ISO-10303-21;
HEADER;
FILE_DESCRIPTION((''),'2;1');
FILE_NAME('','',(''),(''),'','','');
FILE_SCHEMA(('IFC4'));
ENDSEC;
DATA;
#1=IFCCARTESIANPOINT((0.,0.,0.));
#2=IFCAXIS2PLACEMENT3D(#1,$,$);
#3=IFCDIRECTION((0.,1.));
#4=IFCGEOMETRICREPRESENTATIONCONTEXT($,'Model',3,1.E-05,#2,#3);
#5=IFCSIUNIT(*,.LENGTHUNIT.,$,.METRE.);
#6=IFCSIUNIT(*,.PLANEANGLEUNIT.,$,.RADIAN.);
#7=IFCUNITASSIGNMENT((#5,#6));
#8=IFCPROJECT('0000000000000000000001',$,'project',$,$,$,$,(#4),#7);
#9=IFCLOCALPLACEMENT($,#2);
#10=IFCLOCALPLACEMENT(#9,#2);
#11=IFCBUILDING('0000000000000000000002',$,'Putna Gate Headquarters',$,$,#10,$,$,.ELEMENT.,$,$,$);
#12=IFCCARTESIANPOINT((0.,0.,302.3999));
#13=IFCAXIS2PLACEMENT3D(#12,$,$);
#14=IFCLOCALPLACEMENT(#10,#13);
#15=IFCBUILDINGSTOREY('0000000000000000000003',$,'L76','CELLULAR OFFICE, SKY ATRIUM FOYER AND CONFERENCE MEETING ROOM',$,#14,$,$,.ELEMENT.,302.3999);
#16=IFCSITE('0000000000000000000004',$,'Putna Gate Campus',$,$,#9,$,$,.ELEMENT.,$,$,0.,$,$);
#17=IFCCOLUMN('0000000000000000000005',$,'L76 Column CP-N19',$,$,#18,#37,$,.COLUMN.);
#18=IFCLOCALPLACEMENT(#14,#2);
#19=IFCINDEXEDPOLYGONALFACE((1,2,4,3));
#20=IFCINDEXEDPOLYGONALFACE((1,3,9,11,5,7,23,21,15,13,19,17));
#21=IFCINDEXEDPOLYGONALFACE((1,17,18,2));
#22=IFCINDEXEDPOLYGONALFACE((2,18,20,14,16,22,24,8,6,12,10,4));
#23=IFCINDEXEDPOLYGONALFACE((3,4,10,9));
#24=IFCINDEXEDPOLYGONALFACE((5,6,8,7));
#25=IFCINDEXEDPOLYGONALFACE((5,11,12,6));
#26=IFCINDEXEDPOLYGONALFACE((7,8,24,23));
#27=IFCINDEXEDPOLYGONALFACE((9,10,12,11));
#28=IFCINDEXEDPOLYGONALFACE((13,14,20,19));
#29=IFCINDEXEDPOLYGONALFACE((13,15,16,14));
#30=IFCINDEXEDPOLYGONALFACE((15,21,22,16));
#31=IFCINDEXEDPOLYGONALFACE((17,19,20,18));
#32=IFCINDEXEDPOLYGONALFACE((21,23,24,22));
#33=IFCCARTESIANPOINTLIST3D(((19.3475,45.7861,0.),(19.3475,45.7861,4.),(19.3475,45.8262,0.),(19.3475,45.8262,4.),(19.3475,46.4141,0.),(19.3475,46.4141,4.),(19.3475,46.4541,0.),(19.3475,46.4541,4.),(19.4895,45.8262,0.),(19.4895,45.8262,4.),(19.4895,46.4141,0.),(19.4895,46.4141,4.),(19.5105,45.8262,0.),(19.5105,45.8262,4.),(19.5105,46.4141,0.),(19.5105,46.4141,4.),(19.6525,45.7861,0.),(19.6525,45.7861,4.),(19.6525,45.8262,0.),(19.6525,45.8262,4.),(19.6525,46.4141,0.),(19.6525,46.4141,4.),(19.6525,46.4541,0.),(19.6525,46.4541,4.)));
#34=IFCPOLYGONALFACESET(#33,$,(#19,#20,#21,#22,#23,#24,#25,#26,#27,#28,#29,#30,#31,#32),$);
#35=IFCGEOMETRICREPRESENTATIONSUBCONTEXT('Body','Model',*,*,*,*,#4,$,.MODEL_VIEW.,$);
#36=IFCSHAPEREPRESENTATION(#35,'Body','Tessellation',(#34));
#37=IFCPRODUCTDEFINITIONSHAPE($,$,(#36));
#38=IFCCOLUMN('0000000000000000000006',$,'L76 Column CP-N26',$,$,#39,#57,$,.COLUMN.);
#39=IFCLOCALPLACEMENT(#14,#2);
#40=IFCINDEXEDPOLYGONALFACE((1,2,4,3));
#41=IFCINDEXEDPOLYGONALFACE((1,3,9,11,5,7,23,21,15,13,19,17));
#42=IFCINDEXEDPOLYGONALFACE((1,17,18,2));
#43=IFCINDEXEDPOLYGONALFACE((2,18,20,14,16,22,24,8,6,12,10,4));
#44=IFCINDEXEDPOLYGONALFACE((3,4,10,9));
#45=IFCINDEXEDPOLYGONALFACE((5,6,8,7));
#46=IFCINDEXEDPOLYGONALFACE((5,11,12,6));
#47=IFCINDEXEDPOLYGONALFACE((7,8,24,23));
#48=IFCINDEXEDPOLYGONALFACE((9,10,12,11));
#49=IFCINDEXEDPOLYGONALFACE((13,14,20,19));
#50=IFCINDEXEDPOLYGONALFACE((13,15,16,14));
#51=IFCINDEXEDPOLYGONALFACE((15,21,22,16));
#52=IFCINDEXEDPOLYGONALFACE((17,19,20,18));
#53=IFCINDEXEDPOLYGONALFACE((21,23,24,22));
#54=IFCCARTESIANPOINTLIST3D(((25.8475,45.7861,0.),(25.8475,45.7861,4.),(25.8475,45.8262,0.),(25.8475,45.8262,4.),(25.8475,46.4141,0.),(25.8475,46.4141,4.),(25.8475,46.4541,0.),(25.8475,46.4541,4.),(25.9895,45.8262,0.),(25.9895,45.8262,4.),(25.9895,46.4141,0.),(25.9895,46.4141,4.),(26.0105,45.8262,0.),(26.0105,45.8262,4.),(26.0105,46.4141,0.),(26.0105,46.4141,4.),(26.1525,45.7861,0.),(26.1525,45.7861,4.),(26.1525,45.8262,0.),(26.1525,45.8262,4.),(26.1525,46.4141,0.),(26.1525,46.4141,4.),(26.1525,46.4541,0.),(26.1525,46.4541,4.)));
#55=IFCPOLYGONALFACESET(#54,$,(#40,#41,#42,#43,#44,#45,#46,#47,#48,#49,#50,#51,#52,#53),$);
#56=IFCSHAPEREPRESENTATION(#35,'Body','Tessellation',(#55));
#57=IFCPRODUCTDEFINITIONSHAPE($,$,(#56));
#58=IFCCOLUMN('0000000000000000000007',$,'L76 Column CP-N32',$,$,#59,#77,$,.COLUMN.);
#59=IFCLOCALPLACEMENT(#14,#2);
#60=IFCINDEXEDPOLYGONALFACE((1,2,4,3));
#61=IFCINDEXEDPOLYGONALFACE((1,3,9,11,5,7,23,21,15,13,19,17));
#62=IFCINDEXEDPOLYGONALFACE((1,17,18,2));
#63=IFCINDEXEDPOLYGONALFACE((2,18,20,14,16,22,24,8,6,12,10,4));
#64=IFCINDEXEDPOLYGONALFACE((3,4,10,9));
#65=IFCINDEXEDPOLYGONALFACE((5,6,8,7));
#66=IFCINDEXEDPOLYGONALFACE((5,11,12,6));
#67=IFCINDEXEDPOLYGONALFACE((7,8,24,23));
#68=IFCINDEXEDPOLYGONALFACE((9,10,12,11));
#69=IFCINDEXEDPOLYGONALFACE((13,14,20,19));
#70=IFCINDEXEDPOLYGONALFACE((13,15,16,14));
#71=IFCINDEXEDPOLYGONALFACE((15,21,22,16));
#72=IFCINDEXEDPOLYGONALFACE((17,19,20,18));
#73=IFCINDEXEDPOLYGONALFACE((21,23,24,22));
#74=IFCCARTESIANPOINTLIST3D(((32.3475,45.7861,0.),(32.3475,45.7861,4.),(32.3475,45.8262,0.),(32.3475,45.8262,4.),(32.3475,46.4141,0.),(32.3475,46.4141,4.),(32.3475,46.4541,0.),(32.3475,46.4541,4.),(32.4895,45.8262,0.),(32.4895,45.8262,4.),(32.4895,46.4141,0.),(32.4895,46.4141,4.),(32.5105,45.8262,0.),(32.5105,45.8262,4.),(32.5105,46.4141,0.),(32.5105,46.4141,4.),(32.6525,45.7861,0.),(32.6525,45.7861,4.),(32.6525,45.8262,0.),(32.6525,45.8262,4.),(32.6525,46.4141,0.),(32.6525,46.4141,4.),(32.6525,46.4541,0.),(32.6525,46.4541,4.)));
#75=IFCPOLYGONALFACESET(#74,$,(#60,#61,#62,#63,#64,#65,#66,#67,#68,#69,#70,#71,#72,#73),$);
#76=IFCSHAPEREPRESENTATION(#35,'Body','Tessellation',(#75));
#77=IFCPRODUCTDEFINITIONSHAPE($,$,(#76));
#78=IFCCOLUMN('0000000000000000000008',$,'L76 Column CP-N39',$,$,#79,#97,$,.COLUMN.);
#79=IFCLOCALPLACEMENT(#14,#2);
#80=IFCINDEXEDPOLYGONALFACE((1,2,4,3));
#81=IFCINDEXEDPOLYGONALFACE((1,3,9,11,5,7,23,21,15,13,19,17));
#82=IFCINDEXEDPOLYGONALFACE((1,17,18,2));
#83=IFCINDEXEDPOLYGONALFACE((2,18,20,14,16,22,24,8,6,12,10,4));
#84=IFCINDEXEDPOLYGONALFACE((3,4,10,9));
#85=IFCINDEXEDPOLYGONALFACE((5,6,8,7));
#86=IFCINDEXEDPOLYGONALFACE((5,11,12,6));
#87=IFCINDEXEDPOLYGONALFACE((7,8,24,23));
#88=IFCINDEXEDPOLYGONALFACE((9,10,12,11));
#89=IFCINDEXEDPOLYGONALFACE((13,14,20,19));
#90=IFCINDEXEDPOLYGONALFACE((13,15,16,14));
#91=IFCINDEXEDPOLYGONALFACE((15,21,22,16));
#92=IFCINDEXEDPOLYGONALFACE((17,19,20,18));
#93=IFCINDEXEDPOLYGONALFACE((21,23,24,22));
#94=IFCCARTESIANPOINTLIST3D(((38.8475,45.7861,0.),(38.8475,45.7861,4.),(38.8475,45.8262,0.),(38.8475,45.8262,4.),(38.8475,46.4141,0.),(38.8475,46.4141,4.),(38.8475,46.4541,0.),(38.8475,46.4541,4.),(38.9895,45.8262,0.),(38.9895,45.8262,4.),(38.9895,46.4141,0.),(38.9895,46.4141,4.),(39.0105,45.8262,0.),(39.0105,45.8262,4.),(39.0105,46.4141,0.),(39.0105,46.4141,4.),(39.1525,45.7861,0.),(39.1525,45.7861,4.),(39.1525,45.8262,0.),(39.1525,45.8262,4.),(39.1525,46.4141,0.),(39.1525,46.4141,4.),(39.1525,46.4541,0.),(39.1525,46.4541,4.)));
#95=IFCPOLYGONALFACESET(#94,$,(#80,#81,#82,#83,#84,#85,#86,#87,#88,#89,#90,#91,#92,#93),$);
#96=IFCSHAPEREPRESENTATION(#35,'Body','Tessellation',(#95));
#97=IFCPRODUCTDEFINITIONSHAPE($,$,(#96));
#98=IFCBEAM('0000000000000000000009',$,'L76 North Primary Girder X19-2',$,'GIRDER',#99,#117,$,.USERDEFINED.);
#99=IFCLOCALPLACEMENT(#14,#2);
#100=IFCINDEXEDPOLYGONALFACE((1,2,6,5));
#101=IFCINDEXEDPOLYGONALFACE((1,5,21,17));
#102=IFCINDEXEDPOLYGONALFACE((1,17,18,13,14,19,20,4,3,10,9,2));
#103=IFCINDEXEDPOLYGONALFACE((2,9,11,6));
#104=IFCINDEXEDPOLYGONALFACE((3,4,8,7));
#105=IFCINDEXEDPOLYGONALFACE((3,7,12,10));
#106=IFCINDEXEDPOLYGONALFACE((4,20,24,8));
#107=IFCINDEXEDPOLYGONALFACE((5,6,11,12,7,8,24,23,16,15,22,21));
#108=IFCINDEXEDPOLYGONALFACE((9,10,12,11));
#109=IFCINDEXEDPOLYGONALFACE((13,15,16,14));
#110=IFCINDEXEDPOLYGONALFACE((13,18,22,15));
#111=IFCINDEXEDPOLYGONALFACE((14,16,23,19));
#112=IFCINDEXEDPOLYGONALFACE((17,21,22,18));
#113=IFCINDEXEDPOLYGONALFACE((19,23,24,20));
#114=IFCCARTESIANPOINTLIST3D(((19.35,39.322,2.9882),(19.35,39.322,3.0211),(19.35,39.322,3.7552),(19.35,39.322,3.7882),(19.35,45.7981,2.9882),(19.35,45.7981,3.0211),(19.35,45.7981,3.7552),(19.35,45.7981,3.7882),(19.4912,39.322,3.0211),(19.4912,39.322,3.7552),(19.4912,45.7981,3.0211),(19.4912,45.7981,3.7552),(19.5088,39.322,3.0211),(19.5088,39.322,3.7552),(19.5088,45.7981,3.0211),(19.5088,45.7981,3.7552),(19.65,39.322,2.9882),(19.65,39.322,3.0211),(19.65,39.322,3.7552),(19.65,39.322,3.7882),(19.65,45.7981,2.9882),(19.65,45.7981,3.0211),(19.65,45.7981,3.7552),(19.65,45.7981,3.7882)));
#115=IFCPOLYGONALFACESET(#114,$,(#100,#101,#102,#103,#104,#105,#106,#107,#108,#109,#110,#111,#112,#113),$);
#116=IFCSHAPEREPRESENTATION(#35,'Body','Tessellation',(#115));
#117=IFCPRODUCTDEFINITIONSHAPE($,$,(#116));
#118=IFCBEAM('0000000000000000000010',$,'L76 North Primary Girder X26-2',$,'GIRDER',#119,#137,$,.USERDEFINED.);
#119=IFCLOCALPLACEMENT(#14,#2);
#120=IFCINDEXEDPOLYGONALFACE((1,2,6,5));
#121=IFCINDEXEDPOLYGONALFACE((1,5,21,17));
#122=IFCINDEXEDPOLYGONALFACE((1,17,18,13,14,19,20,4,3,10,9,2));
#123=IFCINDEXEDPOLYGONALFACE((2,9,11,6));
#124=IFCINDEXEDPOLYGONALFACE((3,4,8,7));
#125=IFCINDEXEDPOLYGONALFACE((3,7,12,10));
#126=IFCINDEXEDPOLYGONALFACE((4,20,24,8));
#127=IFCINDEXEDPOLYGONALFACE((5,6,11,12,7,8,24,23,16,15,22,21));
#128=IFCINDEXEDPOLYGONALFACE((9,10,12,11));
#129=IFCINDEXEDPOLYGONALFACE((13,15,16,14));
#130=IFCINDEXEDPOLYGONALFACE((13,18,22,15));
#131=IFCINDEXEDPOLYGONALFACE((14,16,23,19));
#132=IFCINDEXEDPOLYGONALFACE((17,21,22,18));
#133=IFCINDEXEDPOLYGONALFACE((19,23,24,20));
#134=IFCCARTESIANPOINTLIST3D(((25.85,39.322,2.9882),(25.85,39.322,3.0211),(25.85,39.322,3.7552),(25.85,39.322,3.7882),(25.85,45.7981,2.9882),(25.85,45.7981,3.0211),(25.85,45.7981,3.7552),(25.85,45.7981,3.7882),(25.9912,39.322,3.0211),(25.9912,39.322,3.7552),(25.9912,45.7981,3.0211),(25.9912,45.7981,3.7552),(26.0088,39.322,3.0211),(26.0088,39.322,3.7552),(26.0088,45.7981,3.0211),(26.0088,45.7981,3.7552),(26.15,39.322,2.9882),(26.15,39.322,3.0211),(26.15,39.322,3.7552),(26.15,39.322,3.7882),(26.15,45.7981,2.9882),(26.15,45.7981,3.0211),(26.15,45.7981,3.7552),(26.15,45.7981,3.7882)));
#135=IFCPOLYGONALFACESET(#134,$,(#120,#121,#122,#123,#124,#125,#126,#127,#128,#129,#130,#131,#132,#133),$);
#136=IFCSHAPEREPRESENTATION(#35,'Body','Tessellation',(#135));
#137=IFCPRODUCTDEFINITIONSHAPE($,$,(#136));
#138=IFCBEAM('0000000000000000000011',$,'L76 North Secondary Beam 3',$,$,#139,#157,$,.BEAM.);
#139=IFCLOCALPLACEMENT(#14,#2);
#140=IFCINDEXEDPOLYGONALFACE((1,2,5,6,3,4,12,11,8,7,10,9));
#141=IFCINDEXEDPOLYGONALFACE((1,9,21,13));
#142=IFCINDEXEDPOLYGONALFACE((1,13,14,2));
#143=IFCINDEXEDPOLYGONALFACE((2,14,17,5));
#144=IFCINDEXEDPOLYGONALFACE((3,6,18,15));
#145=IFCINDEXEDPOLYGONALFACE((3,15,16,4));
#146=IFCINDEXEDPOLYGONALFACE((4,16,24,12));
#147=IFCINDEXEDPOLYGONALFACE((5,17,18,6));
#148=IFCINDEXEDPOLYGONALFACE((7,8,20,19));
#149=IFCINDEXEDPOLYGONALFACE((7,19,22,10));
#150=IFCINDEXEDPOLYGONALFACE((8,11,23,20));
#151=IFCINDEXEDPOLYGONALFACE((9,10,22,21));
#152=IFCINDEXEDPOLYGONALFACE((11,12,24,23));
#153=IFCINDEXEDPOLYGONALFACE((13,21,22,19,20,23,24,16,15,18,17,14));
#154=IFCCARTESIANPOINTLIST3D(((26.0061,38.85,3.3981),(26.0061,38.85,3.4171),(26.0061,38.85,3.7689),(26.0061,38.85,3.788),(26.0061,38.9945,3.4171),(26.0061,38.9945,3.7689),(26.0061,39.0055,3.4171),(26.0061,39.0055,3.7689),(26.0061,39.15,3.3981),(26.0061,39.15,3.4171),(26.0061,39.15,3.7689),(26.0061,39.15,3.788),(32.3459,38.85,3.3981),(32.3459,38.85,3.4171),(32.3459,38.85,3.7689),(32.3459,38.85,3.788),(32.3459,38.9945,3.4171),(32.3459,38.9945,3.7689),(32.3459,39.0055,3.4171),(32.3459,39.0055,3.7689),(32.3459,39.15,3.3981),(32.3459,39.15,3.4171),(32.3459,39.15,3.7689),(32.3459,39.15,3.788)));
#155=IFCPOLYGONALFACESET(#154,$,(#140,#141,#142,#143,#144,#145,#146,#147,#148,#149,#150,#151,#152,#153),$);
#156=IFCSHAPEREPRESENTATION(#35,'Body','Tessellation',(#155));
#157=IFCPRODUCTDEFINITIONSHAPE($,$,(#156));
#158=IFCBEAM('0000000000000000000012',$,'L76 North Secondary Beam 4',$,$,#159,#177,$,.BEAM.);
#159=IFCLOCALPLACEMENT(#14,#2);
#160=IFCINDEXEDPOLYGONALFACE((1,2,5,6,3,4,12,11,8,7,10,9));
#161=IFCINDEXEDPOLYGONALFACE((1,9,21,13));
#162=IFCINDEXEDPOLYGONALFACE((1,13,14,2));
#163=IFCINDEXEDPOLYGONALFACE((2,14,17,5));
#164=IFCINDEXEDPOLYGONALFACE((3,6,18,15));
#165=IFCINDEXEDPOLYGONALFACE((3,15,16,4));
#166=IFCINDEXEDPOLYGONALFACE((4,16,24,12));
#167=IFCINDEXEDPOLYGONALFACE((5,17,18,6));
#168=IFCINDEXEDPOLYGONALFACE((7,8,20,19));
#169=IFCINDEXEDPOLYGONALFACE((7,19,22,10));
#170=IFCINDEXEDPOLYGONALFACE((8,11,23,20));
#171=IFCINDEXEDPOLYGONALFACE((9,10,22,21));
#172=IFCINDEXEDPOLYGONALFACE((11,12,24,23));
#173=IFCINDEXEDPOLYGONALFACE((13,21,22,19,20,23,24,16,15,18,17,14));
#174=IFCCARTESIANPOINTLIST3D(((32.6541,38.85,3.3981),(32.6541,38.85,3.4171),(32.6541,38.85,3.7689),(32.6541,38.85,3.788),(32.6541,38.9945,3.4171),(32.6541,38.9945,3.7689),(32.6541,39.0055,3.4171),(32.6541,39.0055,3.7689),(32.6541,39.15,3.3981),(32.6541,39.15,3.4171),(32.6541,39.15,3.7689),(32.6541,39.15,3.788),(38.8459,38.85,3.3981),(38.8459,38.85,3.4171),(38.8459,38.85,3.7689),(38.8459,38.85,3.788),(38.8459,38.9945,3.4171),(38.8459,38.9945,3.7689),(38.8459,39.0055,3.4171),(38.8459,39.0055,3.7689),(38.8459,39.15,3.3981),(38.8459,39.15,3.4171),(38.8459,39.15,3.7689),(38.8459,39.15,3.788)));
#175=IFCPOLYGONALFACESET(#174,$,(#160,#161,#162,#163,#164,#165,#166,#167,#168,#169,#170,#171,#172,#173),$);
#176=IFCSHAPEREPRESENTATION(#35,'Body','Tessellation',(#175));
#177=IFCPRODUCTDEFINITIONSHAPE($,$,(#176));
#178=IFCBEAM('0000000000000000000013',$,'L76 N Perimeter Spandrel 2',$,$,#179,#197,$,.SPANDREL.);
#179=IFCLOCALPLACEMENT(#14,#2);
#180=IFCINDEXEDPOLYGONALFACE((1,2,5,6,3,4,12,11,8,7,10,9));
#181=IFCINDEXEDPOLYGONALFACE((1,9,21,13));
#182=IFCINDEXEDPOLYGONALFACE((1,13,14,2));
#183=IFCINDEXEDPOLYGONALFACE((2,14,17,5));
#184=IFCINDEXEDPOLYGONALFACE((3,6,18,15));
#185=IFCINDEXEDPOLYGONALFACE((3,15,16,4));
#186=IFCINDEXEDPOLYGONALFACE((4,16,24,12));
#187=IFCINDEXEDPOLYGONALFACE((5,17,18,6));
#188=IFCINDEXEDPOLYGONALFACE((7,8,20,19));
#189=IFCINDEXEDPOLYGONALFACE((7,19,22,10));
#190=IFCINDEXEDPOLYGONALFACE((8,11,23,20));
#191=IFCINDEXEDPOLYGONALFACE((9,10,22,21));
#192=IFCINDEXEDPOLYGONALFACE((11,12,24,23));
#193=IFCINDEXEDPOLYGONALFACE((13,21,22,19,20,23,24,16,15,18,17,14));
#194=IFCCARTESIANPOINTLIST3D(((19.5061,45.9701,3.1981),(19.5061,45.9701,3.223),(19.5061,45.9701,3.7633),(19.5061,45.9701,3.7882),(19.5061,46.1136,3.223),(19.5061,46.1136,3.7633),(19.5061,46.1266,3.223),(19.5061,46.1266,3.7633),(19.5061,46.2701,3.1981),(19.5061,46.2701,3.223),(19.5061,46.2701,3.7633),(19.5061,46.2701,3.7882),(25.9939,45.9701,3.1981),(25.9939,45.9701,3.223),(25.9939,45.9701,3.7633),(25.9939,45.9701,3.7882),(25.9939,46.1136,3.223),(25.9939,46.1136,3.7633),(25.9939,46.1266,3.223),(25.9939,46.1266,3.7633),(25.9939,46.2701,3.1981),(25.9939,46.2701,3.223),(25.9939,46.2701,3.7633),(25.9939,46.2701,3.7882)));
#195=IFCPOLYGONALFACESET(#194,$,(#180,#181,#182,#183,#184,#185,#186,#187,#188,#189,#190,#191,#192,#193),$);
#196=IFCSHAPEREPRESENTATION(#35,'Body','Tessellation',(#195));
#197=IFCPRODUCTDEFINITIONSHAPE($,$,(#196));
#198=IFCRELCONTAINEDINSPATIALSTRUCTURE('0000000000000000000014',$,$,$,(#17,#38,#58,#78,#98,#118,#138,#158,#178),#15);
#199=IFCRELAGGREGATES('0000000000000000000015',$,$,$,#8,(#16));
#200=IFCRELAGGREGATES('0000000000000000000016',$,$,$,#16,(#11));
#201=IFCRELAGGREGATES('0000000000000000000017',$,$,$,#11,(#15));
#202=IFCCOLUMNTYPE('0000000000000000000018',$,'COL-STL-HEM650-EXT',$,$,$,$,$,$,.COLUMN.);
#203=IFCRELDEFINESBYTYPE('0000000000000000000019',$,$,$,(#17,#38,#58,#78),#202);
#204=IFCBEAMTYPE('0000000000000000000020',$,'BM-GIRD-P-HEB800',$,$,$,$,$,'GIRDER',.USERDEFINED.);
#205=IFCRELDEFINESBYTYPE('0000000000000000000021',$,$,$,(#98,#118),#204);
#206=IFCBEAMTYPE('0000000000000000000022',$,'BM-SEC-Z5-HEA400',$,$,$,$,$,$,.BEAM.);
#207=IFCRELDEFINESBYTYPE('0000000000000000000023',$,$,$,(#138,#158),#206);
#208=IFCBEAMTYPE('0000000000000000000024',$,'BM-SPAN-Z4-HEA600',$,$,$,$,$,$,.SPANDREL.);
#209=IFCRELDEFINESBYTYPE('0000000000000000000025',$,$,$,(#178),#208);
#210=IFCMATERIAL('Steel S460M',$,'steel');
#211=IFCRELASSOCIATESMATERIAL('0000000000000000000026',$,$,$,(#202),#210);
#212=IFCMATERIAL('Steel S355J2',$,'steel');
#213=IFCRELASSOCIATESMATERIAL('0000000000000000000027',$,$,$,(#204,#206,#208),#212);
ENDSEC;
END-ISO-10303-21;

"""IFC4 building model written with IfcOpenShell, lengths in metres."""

from ifc_helpers import new_model, si_unit, direction, frame, origin, origin_2d, place, context, subcontext, project, spatial, i_section, extrude, material, material_profile, profile_set, type_object, element, save


model = new_model("IFC4")

# Units and contexts
model_context = context("Model", 3, precision=1e-05, world=origin(), true_north=direction((0.0, 1.0)))
body_context = subcontext(model_context, "Body", "Model", "MODEL_VIEW")
ifc_project = project(units=[si_unit("LENGTHUNIT", "METRE"), si_unit("PLANEANGLEUNIT", "RADIAN")], contexts=[model_context])

# Site, building, storey
site_placement = place(None, origin())
site = spatial("IfcSite", under=ifc_project, at=site_placement, Name="Putna Gate Campus", CompositionType="ELEMENT", RefElevation=0.0)
building_placement = place(site_placement, origin())
building = spatial("IfcBuilding", under=site, at=building_placement, Name="Putna Gate Headquarters", CompositionType="ELEMENT")
storey_placement = place(building_placement, frame((0.0, 0.0, 302.3999)))
storey = spatial("IfcBuildingStorey", under=building, at=storey_placement, Name="L76", Description="CELLULAR OFFICE, SKY ATRIUM FOYER AND CONFERENCE MEETING ROOM", CompositionType="ELEMENT", Elevation=302.3999)

# Columns
ifc_material_1 = material(Name="Steel S460M", Category="steel")
ifc_material_profile_1 = material_profile(ifc_material_1, i_section(OverallWidth=0.3049, OverallDepth=0.668, WebThickness=0.021, FlangeThickness=0.04, at=origin_2d()), Name="Steel S460M")
ifc_profile_set_1 = profile_set([ifc_material_profile_1], Name="Steel S460M")
column_type = type_object("IfcColumnType", Name="COL-STL-HEM650-EXT", PredefinedType="COLUMN", material=ifc_profile_set_1)
for number, where, z_axis, x_axis, name in (
    (1, (19.5, 46.1201, 0.0), (0.0, 0.0, 1.0), (1.0, 0.0, 0.0), "L76 Column CP-N19"),
    (2, (26.0, 46.1201, 0.0), (0.0, 0.0, 1.0), (1.0, 0.0, 0.0), "L76 Column CP-N26"),
    (3, (32.5, 46.1201, 0.0), (0.0, 0.0, 1.0), (1.0, 0.0, 0.0), "L76 Column CP-N32"),
    (4, (39.0, 46.1201, 0.0), (0.0, 0.0, 1.0), (1.0, 0.0, 0.0), "L76 Column CP-N39"),
):
    element("IfcColumn", number, at=place(storey_placement, frame(where, z_axis=z_axis, x_axis=x_axis)), inside=storey, type_object=column_type, Name=name, PredefinedType="COLUMN", context=body_context, shape_type="SweptSolid", body=[
        extrude(i_section(OverallWidth=0.3049, OverallDepth=0.668, WebThickness=0.021, FlangeThickness=0.04, at=origin_2d()), origin(), (0.0, 0.0, 1.0), 4.0),
    ])

# Beams
ifc_material_2 = material(Name="Steel S355J2", Category="steel")
ifc_material_profile_2 = material_profile(ifc_material_2, i_section(OverallWidth=0.3, OverallDepth=0.8, WebThickness=0.0176, FlangeThickness=0.033, at=origin_2d()), Name="Steel S355J2")
ifc_profile_set_2 = profile_set([ifc_material_profile_2], Name="Steel S355J2")
beam_type_1 = type_object("IfcBeamType", Name="BM-GIRD-P-HEB800", ElementType="GIRDER", PredefinedType="USERDEFINED", material=ifc_profile_set_2)
for number, where, z_axis, x_axis, name in (
    (5, (19.5, 39.322, 3.3882), (0.0, 1.0, 0.0), (-1.0, 0.0, 0.0), "L76 North Primary Girder X19-2"),
    (6, (26.0, 39.322, 3.3882), (0.0, 1.0, 0.0), (-1.0, 0.0, 0.0), "L76 North Primary Girder X26-2"),
):
    element("IfcBeam", number, at=place(storey_placement, frame(where, z_axis=z_axis, x_axis=x_axis)), inside=storey, type_object=beam_type_1, Name=name, ObjectType="GIRDER", PredefinedType="USERDEFINED", context=body_context, shape_type="SweptSolid", body=[
        extrude(i_section(OverallWidth=0.3, OverallDepth=0.8, WebThickness=0.0176, FlangeThickness=0.033, at=origin_2d()), origin(), (0.0, 0.0, 1.0), 6.4761),
    ])
ifc_material_profile_3 = material_profile(ifc_material_2, i_section(OverallWidth=0.3, OverallDepth=0.3899, WebThickness=0.011, FlangeThickness=0.019, at=origin_2d()), Name="Steel S355J2")
ifc_profile_set_3 = profile_set([ifc_material_profile_3], Name="Steel S355J2")
beam_type_2 = type_object("IfcBeamType", Name="BM-SEC-Z5-HEA400", PredefinedType="BEAM", material=ifc_profile_set_3)
beam_1_placement = place(storey_placement, frame((26.0061, 39.0, 3.593), z_axis=(1.0, 0.0, 0.0), x_axis=(0.0, 1.0, 0.0)))
element("IfcBeam", 7, at=beam_1_placement, inside=storey, type_object=beam_type_2, Name="L76 North Secondary Beam 3", PredefinedType="BEAM", context=body_context, shape_type="SweptSolid", body=[
    extrude(i_section(OverallWidth=0.3, OverallDepth=0.3899, WebThickness=0.011, FlangeThickness=0.019, at=origin_2d()), origin(), (0.0, 0.0, 1.0), 6.3398),
])
beam_2_placement = place(storey_placement, frame((32.6541, 39.0, 3.593), z_axis=(1.0, 0.0, 0.0), x_axis=(0.0, 1.0, 0.0)))
element("IfcBeam", 8, at=beam_2_placement, inside=storey, type_object=beam_type_2, Name="L76 North Secondary Beam 4", PredefinedType="BEAM", context=body_context, shape_type="SweptSolid", body=[
    extrude(i_section(OverallWidth=0.3, OverallDepth=0.3899, WebThickness=0.011, FlangeThickness=0.019, at=origin_2d()), origin(), (0.0, 0.0, 1.0), 6.1919),
])
ifc_material_profile_4 = material_profile(ifc_material_2, i_section(OverallWidth=0.3, OverallDepth=0.5901, WebThickness=0.0129, FlangeThickness=0.0249, at=origin_2d()), Name="Steel S355J2")
ifc_profile_set_4 = profile_set([ifc_material_profile_4], Name="Steel S355J2")
beam_type_3 = type_object("IfcBeamType", Name="BM-SPAN-Z4-HEA600", PredefinedType="SPANDREL", material=ifc_profile_set_4)
for number, where, z_axis, x_axis, name in (
    (9, (19.5061, 46.1201, 3.4932), (1.0, 0.0, 0.0), (0.0, 1.0, 0.0), "L76 N Perimeter Spandrel 2"),
):
    element("IfcBeam", number, at=place(storey_placement, frame(where, z_axis=z_axis, x_axis=x_axis)), inside=storey, type_object=beam_type_3, Name=name, PredefinedType="SPANDREL", context=body_context, shape_type="SweptSolid", body=[
        extrude(i_section(OverallWidth=0.3, OverallDepth=0.5901, WebThickness=0.0129, FlangeThickness=0.0249, at=origin_2d()), origin(), (0.0, 0.0, 1.0), 6.4878),
    ])

save(model, "model.ifc")
